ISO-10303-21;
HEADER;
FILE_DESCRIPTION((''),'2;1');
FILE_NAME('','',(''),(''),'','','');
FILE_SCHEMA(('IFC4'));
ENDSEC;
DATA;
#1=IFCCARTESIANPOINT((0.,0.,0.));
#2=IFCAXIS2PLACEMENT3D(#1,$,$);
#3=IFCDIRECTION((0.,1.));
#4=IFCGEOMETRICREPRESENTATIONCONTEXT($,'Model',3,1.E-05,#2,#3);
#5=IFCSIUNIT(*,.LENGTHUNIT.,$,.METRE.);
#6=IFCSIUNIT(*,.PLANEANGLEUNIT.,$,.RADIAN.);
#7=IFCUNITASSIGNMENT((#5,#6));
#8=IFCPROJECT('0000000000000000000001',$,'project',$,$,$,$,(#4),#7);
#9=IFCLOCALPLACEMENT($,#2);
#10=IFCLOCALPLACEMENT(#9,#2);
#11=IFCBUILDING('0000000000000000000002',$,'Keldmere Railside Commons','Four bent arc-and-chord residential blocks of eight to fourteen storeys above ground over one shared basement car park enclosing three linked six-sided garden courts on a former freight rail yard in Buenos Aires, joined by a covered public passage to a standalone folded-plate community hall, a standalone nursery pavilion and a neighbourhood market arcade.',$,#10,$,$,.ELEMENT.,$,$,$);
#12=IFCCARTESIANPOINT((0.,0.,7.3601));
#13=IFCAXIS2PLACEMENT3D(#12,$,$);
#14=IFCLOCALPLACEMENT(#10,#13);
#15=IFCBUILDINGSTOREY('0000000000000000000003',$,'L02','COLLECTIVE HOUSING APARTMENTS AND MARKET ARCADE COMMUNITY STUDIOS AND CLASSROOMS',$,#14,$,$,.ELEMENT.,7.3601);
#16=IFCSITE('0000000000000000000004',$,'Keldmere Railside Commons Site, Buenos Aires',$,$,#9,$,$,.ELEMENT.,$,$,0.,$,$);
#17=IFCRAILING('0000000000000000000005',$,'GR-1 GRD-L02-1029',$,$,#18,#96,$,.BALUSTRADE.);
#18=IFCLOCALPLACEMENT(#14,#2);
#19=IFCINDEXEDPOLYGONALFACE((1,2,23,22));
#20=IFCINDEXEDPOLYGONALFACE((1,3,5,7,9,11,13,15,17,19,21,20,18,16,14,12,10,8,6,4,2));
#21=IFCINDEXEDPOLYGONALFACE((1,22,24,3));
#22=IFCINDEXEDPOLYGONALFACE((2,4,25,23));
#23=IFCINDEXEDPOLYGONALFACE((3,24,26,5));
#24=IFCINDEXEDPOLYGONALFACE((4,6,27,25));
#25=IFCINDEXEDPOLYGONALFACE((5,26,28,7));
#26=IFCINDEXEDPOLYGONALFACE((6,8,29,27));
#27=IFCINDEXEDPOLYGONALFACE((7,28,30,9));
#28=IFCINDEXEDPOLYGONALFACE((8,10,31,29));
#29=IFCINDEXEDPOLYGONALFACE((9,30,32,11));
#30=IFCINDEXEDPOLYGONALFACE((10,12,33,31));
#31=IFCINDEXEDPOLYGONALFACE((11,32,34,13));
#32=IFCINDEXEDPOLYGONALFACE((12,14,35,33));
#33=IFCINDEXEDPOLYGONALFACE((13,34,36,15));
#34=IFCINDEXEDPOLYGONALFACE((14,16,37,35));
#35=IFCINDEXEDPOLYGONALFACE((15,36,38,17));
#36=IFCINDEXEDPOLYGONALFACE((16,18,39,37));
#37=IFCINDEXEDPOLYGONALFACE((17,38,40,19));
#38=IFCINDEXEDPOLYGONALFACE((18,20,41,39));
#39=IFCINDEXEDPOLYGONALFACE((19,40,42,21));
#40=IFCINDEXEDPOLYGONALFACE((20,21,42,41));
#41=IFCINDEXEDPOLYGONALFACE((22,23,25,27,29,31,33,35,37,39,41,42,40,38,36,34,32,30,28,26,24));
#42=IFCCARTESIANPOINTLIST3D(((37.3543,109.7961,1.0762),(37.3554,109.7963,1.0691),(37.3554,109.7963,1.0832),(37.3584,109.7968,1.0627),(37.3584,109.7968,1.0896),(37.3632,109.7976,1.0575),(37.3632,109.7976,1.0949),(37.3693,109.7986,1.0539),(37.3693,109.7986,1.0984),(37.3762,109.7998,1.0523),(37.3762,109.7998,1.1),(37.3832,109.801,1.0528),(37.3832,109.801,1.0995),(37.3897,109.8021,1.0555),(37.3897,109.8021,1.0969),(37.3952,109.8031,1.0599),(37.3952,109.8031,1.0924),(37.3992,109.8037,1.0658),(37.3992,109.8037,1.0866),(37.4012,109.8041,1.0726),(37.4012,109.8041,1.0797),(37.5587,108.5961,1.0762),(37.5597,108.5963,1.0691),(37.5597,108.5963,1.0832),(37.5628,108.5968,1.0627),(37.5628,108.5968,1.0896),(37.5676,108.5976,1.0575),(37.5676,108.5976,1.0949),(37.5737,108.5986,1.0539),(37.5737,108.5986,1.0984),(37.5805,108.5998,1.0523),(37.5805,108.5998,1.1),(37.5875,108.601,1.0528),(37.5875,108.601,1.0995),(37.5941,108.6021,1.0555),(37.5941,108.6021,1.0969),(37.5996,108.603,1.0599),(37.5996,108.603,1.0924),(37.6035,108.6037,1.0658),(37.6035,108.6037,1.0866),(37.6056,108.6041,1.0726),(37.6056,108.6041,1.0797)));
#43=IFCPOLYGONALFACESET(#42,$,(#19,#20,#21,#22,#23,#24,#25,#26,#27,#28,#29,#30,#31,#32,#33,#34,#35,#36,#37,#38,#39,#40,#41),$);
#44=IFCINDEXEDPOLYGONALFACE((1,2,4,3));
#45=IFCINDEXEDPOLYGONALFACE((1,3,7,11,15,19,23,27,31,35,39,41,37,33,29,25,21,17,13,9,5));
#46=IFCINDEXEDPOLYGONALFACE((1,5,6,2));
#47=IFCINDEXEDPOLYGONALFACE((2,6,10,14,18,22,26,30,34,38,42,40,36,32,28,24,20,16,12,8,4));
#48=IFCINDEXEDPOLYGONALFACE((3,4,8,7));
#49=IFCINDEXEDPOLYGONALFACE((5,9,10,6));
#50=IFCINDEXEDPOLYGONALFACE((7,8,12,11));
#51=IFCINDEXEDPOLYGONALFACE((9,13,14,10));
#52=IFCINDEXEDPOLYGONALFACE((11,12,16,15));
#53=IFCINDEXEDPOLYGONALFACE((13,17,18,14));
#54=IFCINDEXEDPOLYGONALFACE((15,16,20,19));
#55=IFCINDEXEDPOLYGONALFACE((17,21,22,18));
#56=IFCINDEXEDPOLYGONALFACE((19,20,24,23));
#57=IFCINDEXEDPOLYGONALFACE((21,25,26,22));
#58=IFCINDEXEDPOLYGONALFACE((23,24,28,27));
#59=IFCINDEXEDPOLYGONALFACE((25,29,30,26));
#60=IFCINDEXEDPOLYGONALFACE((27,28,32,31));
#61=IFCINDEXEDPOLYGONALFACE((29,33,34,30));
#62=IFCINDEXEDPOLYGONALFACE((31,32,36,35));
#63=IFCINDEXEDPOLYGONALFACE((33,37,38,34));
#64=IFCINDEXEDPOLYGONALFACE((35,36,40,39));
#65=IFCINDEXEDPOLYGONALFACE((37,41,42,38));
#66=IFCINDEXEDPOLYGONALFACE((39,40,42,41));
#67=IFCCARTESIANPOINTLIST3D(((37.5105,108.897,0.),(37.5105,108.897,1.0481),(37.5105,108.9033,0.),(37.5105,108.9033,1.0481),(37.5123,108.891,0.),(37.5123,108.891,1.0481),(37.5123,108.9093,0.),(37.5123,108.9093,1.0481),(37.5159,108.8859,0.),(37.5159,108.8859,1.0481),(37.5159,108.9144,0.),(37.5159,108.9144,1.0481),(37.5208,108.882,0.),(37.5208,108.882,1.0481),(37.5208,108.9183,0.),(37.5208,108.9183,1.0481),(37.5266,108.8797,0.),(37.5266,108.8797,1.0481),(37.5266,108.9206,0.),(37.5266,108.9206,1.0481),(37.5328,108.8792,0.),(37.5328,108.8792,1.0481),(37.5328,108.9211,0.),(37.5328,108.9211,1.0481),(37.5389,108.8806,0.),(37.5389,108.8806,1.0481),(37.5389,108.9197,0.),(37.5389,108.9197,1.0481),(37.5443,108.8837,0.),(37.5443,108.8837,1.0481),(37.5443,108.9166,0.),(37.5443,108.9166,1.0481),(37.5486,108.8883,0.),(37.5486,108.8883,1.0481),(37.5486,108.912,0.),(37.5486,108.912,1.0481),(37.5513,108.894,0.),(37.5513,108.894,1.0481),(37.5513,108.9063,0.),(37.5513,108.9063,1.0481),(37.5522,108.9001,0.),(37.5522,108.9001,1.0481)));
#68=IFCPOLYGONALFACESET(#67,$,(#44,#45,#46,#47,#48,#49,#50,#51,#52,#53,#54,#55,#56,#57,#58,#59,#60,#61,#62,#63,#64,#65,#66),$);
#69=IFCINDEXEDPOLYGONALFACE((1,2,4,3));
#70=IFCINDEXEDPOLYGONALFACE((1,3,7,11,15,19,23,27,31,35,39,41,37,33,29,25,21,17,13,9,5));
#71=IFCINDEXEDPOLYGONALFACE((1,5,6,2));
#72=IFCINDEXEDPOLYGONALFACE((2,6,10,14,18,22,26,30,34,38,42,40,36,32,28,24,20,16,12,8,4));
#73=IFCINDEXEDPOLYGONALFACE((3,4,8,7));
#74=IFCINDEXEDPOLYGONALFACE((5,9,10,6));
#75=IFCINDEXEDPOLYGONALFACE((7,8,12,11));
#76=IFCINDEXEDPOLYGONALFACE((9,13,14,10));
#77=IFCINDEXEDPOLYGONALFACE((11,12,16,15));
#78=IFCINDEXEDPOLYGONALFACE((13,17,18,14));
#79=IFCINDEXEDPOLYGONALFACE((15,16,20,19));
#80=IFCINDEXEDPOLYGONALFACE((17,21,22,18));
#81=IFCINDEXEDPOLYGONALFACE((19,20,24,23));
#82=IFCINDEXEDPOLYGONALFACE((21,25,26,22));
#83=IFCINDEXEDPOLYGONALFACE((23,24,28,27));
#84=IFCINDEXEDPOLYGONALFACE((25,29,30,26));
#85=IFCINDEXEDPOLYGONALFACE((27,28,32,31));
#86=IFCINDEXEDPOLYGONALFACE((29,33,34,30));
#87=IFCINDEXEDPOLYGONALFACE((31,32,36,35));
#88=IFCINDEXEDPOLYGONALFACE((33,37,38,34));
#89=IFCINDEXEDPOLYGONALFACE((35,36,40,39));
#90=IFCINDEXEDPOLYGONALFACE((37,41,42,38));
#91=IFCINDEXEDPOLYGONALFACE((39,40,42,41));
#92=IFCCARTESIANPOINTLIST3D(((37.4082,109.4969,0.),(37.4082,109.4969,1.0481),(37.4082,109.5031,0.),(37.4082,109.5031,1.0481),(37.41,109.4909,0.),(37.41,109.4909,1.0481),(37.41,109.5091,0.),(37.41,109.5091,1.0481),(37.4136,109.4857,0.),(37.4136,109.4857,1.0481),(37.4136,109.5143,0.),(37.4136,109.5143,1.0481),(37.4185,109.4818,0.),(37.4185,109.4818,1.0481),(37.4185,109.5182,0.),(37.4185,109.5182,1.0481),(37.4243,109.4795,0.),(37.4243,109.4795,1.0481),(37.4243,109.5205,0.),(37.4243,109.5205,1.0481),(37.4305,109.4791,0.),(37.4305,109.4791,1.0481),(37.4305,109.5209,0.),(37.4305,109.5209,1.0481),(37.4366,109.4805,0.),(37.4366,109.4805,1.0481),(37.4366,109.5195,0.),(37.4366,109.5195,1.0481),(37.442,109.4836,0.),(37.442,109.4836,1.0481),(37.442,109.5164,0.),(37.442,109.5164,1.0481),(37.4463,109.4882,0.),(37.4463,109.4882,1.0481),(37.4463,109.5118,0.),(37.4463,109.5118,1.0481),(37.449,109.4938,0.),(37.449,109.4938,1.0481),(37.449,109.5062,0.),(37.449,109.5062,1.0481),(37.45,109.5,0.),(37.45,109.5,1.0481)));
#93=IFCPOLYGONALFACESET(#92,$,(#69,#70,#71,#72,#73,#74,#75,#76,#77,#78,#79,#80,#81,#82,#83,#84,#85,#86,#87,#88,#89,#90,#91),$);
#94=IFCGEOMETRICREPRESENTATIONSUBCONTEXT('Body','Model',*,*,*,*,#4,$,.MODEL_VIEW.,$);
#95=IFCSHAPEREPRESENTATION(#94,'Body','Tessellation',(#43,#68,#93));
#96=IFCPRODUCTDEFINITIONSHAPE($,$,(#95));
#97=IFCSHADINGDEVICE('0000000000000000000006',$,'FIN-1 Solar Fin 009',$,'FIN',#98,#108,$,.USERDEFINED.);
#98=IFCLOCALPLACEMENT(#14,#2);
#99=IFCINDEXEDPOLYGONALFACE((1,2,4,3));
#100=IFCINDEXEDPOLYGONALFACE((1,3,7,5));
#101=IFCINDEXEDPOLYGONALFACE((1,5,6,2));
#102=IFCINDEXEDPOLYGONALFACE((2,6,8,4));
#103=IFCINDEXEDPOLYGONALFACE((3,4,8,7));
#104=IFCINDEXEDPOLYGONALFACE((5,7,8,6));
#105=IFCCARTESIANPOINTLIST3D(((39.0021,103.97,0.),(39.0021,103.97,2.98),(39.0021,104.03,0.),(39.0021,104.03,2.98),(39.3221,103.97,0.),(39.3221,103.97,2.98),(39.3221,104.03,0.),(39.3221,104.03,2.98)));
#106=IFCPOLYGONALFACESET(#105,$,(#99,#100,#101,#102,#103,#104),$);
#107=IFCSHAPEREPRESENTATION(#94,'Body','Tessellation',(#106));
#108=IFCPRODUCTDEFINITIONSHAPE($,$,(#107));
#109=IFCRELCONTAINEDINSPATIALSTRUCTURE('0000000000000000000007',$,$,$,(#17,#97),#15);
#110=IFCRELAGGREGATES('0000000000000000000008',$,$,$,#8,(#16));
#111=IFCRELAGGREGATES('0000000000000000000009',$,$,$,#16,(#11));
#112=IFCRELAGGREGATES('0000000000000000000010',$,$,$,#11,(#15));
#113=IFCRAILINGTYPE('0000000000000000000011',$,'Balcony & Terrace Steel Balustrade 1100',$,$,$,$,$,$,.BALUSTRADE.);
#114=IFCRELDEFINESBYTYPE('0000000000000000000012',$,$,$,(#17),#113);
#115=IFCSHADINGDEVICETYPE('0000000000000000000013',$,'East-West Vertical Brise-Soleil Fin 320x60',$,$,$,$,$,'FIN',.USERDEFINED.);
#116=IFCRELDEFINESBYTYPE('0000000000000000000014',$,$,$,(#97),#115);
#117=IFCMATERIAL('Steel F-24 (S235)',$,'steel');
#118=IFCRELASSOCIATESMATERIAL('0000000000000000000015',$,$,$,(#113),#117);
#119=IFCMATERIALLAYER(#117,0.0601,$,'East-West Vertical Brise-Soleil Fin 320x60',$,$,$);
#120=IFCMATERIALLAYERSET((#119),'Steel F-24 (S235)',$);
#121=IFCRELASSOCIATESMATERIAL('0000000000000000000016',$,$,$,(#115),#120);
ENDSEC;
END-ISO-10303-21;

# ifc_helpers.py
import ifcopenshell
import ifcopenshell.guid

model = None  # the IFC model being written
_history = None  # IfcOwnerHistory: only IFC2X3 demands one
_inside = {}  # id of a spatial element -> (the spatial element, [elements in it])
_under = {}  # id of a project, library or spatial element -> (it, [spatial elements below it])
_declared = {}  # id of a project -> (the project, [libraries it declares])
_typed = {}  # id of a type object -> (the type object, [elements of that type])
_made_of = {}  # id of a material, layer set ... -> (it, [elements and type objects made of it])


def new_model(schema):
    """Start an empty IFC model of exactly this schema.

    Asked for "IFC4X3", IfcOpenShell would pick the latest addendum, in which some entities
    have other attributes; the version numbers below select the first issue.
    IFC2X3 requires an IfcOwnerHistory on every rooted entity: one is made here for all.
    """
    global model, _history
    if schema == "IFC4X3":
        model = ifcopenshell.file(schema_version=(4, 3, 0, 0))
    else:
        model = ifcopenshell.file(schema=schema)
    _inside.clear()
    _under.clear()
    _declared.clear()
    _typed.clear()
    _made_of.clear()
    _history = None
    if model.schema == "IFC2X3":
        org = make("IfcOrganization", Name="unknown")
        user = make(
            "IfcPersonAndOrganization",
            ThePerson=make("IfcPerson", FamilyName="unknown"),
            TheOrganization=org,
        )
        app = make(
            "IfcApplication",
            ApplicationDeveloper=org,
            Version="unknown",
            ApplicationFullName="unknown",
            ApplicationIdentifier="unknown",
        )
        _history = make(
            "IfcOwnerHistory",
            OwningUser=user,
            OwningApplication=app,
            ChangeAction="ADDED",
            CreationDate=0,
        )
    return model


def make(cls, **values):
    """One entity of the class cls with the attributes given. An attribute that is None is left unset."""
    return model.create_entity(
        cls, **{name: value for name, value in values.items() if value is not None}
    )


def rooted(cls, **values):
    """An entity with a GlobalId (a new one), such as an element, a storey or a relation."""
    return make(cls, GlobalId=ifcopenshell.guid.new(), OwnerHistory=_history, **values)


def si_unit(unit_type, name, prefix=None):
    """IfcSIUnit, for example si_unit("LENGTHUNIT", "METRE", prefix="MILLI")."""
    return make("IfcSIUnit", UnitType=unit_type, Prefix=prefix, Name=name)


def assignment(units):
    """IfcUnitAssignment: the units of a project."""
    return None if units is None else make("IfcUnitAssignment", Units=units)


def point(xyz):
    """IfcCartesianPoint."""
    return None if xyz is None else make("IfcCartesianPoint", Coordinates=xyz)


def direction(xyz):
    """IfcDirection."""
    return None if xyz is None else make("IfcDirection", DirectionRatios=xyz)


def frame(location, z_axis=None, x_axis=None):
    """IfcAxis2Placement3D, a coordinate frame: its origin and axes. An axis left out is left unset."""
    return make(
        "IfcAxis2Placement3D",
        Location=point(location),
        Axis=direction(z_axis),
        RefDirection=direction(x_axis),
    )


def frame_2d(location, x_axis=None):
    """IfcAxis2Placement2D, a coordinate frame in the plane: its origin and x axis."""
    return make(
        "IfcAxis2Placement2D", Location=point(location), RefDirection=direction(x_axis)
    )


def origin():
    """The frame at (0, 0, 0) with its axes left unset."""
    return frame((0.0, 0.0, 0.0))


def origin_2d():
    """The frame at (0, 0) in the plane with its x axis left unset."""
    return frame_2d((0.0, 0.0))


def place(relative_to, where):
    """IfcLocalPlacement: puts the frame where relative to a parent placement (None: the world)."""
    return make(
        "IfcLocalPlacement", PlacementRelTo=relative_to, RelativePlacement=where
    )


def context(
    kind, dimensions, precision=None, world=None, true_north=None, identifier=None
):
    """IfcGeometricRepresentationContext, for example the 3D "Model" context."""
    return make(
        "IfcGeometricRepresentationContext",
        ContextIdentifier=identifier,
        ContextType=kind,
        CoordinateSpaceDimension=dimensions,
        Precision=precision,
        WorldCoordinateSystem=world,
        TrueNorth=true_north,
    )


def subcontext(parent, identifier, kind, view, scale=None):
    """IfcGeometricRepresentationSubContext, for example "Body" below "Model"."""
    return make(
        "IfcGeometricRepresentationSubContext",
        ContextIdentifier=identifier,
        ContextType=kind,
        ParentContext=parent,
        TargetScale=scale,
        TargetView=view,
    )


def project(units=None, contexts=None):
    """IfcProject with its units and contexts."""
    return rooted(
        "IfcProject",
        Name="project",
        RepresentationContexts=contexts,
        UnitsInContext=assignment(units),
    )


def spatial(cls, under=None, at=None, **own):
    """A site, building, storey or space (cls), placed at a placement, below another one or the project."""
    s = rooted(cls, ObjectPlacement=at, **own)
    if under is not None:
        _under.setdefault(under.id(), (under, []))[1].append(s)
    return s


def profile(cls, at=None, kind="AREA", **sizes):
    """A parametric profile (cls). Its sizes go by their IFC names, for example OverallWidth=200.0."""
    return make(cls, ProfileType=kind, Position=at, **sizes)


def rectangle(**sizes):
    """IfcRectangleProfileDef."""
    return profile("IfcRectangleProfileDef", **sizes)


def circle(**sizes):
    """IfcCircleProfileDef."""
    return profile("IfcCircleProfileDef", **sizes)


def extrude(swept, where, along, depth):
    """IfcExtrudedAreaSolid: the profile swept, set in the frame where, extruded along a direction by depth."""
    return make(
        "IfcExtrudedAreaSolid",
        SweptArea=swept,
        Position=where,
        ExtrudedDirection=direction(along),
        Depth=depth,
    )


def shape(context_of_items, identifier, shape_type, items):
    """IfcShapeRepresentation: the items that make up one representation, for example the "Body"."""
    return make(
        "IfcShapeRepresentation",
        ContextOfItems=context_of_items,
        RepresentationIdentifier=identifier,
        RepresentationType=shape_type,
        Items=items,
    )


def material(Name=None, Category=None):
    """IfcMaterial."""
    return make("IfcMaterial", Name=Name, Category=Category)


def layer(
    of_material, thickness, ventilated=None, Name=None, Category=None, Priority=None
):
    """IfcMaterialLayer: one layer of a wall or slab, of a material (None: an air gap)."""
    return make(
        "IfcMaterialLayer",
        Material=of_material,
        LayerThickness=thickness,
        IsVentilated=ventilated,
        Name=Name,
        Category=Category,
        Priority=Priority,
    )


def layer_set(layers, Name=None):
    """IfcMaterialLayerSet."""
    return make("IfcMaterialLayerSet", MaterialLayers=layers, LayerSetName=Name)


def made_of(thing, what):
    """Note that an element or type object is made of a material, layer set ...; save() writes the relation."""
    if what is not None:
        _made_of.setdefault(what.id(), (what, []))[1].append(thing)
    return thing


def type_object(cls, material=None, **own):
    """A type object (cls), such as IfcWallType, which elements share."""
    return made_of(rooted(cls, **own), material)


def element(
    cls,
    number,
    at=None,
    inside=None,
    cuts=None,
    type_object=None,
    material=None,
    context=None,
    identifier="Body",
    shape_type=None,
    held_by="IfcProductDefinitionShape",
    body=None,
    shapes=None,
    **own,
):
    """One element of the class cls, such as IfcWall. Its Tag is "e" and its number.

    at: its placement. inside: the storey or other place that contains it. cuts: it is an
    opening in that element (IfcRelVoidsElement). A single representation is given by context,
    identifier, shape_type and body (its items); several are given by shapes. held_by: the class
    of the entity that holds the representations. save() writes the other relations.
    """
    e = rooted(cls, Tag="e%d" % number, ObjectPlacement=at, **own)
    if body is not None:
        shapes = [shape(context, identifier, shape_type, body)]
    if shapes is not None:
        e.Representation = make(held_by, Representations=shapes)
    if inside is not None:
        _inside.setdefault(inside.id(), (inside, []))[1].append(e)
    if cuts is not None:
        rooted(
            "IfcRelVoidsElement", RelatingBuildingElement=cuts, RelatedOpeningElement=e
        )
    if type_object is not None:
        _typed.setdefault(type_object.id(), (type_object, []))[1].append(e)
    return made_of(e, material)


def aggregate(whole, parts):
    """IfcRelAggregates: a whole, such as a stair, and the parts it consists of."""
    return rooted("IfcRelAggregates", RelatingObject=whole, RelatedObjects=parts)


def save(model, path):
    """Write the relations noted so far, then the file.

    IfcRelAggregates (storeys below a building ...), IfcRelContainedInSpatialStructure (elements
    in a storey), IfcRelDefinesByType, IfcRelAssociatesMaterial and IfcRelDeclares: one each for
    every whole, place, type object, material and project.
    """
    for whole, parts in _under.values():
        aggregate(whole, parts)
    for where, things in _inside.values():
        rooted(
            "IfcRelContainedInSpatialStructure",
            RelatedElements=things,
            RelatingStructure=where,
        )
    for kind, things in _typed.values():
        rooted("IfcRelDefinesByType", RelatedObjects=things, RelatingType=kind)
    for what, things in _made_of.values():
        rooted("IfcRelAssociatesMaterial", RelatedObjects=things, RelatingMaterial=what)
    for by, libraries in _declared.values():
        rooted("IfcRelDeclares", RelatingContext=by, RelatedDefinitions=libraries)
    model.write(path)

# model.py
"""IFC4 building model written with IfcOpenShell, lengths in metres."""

from ifc_helpers import new_model, si_unit, direction, frame, origin, origin_2d, place, context, subcontext, project, spatial, rectangle, circle, extrude, material, layer, layer_set, type_object, element, save


model = new_model("IFC4")

# Units and contexts
model_context = context("Model", 3, precision=1e-05, world=origin(), true_north=direction((0.0, 1.0)))
body_context = subcontext(model_context, "Body", "Model", "MODEL_VIEW")
ifc_project = project(units=[si_unit("LENGTHUNIT", "METRE"), si_unit("PLANEANGLEUNIT", "RADIAN")], contexts=[model_context])

# Site, building, storey
site_placement = place(None, origin())
site = spatial("IfcSite", under=ifc_project, at=site_placement, Name="Keldmere Railside Commons Site, Buenos Aires", CompositionType="ELEMENT", RefElevation=0.0)
building_placement = place(site_placement, origin())
building = spatial("IfcBuilding", under=site, at=building_placement, Name="Keldmere Railside Commons", Description="Four bent arc-and-chord residential blocks of eight to fourteen storeys above ground over one shared basement car park enclosing three linked six-sided garden courts on a former freight rail yard in Buenos Aires, joined by a covered public passage to a standalone folded-plate community hall, a standalone nursery pavilion and a neighbourhood market arcade.", CompositionType="ELEMENT")
storey_placement = place(building_placement, frame((0.0, 0.0, 7.3601)))
storey = spatial("IfcBuildingStorey", under=building, at=storey_placement, Name="L02", Description="COLLECTIVE HOUSING APARTMENTS AND MARKET ARCADE COMMUNITY STUDIOS AND CLASSROOMS", CompositionType="ELEMENT", Elevation=7.3601)

# Railing
ifc_material_1 = material(Name="Steel F-24 (S235)", Category="steel")
railing_type = type_object("IfcRailingType", Name="Balcony & Terrace Steel Balustrade 1100", PredefinedType="BALUSTRADE", material=ifc_material_1)
railing_1_placement = place(storey_placement, frame((37.5823, 108.6001, 0.0)))
element("IfcRailing", 1, at=railing_1_placement, inside=storey, type_object=railing_type, Name="GR-1 GRD-L02-1029", PredefinedType="BALUSTRADE", context=body_context, shape_type="SweptSolid", body=[
    extrude(circle(Radius=0.0239, at=origin_2d()), frame((0.0, 0.0, 1.0762), z_axis=(-0.167878, 0.985808, 0.0), x_axis=(-0.985808, -0.167878, 0.0)), (0.0, 0.0, 1.0), 1.2173),
    extrude(circle(Radius=0.021, at=origin_2d()), frame((-0.051, 0.3, 0.0)), (0.0, 0.0, 1.0), 1.0481),
    extrude(circle(Radius=0.021, at=origin_2d()), frame((-0.1533, 0.8999, 0.0)), (0.0, 0.0, 1.0), 1.0481),
])

# Shading device
ifc_layer_1 = layer(ifc_material_1, 0.0601, Name="East-West Vertical Brise-Soleil Fin 320x60")
ifc_layer_set_1 = layer_set([ifc_layer_1], Name="Steel F-24 (S235)")
shading_device_type = type_object("IfcShadingDeviceType", Name="East-West Vertical Brise-Soleil Fin 320x60", ElementType="FIN", PredefinedType="USERDEFINED", material=ifc_layer_set_1)
shading_device_placement = place(storey_placement, frame((39.1621, 104.0, 0.0), z_axis=(0.0, 0.0, 1.0), x_axis=(1.0, 0.0, 0.0)))
element("IfcShadingDevice", 2, at=shading_device_placement, inside=storey, type_object=shading_device_type, Name="FIN-1 Solar Fin 009", ObjectType="FIN", PredefinedType="USERDEFINED", context=body_context, shape_type="SweptSolid", body=[
    extrude(rectangle(XDim=0.3201, YDim=0.0601, at=origin_2d()), origin(), (0.0, 0.0, 1.0), 2.98),
])

save(model, "model.ifc")
